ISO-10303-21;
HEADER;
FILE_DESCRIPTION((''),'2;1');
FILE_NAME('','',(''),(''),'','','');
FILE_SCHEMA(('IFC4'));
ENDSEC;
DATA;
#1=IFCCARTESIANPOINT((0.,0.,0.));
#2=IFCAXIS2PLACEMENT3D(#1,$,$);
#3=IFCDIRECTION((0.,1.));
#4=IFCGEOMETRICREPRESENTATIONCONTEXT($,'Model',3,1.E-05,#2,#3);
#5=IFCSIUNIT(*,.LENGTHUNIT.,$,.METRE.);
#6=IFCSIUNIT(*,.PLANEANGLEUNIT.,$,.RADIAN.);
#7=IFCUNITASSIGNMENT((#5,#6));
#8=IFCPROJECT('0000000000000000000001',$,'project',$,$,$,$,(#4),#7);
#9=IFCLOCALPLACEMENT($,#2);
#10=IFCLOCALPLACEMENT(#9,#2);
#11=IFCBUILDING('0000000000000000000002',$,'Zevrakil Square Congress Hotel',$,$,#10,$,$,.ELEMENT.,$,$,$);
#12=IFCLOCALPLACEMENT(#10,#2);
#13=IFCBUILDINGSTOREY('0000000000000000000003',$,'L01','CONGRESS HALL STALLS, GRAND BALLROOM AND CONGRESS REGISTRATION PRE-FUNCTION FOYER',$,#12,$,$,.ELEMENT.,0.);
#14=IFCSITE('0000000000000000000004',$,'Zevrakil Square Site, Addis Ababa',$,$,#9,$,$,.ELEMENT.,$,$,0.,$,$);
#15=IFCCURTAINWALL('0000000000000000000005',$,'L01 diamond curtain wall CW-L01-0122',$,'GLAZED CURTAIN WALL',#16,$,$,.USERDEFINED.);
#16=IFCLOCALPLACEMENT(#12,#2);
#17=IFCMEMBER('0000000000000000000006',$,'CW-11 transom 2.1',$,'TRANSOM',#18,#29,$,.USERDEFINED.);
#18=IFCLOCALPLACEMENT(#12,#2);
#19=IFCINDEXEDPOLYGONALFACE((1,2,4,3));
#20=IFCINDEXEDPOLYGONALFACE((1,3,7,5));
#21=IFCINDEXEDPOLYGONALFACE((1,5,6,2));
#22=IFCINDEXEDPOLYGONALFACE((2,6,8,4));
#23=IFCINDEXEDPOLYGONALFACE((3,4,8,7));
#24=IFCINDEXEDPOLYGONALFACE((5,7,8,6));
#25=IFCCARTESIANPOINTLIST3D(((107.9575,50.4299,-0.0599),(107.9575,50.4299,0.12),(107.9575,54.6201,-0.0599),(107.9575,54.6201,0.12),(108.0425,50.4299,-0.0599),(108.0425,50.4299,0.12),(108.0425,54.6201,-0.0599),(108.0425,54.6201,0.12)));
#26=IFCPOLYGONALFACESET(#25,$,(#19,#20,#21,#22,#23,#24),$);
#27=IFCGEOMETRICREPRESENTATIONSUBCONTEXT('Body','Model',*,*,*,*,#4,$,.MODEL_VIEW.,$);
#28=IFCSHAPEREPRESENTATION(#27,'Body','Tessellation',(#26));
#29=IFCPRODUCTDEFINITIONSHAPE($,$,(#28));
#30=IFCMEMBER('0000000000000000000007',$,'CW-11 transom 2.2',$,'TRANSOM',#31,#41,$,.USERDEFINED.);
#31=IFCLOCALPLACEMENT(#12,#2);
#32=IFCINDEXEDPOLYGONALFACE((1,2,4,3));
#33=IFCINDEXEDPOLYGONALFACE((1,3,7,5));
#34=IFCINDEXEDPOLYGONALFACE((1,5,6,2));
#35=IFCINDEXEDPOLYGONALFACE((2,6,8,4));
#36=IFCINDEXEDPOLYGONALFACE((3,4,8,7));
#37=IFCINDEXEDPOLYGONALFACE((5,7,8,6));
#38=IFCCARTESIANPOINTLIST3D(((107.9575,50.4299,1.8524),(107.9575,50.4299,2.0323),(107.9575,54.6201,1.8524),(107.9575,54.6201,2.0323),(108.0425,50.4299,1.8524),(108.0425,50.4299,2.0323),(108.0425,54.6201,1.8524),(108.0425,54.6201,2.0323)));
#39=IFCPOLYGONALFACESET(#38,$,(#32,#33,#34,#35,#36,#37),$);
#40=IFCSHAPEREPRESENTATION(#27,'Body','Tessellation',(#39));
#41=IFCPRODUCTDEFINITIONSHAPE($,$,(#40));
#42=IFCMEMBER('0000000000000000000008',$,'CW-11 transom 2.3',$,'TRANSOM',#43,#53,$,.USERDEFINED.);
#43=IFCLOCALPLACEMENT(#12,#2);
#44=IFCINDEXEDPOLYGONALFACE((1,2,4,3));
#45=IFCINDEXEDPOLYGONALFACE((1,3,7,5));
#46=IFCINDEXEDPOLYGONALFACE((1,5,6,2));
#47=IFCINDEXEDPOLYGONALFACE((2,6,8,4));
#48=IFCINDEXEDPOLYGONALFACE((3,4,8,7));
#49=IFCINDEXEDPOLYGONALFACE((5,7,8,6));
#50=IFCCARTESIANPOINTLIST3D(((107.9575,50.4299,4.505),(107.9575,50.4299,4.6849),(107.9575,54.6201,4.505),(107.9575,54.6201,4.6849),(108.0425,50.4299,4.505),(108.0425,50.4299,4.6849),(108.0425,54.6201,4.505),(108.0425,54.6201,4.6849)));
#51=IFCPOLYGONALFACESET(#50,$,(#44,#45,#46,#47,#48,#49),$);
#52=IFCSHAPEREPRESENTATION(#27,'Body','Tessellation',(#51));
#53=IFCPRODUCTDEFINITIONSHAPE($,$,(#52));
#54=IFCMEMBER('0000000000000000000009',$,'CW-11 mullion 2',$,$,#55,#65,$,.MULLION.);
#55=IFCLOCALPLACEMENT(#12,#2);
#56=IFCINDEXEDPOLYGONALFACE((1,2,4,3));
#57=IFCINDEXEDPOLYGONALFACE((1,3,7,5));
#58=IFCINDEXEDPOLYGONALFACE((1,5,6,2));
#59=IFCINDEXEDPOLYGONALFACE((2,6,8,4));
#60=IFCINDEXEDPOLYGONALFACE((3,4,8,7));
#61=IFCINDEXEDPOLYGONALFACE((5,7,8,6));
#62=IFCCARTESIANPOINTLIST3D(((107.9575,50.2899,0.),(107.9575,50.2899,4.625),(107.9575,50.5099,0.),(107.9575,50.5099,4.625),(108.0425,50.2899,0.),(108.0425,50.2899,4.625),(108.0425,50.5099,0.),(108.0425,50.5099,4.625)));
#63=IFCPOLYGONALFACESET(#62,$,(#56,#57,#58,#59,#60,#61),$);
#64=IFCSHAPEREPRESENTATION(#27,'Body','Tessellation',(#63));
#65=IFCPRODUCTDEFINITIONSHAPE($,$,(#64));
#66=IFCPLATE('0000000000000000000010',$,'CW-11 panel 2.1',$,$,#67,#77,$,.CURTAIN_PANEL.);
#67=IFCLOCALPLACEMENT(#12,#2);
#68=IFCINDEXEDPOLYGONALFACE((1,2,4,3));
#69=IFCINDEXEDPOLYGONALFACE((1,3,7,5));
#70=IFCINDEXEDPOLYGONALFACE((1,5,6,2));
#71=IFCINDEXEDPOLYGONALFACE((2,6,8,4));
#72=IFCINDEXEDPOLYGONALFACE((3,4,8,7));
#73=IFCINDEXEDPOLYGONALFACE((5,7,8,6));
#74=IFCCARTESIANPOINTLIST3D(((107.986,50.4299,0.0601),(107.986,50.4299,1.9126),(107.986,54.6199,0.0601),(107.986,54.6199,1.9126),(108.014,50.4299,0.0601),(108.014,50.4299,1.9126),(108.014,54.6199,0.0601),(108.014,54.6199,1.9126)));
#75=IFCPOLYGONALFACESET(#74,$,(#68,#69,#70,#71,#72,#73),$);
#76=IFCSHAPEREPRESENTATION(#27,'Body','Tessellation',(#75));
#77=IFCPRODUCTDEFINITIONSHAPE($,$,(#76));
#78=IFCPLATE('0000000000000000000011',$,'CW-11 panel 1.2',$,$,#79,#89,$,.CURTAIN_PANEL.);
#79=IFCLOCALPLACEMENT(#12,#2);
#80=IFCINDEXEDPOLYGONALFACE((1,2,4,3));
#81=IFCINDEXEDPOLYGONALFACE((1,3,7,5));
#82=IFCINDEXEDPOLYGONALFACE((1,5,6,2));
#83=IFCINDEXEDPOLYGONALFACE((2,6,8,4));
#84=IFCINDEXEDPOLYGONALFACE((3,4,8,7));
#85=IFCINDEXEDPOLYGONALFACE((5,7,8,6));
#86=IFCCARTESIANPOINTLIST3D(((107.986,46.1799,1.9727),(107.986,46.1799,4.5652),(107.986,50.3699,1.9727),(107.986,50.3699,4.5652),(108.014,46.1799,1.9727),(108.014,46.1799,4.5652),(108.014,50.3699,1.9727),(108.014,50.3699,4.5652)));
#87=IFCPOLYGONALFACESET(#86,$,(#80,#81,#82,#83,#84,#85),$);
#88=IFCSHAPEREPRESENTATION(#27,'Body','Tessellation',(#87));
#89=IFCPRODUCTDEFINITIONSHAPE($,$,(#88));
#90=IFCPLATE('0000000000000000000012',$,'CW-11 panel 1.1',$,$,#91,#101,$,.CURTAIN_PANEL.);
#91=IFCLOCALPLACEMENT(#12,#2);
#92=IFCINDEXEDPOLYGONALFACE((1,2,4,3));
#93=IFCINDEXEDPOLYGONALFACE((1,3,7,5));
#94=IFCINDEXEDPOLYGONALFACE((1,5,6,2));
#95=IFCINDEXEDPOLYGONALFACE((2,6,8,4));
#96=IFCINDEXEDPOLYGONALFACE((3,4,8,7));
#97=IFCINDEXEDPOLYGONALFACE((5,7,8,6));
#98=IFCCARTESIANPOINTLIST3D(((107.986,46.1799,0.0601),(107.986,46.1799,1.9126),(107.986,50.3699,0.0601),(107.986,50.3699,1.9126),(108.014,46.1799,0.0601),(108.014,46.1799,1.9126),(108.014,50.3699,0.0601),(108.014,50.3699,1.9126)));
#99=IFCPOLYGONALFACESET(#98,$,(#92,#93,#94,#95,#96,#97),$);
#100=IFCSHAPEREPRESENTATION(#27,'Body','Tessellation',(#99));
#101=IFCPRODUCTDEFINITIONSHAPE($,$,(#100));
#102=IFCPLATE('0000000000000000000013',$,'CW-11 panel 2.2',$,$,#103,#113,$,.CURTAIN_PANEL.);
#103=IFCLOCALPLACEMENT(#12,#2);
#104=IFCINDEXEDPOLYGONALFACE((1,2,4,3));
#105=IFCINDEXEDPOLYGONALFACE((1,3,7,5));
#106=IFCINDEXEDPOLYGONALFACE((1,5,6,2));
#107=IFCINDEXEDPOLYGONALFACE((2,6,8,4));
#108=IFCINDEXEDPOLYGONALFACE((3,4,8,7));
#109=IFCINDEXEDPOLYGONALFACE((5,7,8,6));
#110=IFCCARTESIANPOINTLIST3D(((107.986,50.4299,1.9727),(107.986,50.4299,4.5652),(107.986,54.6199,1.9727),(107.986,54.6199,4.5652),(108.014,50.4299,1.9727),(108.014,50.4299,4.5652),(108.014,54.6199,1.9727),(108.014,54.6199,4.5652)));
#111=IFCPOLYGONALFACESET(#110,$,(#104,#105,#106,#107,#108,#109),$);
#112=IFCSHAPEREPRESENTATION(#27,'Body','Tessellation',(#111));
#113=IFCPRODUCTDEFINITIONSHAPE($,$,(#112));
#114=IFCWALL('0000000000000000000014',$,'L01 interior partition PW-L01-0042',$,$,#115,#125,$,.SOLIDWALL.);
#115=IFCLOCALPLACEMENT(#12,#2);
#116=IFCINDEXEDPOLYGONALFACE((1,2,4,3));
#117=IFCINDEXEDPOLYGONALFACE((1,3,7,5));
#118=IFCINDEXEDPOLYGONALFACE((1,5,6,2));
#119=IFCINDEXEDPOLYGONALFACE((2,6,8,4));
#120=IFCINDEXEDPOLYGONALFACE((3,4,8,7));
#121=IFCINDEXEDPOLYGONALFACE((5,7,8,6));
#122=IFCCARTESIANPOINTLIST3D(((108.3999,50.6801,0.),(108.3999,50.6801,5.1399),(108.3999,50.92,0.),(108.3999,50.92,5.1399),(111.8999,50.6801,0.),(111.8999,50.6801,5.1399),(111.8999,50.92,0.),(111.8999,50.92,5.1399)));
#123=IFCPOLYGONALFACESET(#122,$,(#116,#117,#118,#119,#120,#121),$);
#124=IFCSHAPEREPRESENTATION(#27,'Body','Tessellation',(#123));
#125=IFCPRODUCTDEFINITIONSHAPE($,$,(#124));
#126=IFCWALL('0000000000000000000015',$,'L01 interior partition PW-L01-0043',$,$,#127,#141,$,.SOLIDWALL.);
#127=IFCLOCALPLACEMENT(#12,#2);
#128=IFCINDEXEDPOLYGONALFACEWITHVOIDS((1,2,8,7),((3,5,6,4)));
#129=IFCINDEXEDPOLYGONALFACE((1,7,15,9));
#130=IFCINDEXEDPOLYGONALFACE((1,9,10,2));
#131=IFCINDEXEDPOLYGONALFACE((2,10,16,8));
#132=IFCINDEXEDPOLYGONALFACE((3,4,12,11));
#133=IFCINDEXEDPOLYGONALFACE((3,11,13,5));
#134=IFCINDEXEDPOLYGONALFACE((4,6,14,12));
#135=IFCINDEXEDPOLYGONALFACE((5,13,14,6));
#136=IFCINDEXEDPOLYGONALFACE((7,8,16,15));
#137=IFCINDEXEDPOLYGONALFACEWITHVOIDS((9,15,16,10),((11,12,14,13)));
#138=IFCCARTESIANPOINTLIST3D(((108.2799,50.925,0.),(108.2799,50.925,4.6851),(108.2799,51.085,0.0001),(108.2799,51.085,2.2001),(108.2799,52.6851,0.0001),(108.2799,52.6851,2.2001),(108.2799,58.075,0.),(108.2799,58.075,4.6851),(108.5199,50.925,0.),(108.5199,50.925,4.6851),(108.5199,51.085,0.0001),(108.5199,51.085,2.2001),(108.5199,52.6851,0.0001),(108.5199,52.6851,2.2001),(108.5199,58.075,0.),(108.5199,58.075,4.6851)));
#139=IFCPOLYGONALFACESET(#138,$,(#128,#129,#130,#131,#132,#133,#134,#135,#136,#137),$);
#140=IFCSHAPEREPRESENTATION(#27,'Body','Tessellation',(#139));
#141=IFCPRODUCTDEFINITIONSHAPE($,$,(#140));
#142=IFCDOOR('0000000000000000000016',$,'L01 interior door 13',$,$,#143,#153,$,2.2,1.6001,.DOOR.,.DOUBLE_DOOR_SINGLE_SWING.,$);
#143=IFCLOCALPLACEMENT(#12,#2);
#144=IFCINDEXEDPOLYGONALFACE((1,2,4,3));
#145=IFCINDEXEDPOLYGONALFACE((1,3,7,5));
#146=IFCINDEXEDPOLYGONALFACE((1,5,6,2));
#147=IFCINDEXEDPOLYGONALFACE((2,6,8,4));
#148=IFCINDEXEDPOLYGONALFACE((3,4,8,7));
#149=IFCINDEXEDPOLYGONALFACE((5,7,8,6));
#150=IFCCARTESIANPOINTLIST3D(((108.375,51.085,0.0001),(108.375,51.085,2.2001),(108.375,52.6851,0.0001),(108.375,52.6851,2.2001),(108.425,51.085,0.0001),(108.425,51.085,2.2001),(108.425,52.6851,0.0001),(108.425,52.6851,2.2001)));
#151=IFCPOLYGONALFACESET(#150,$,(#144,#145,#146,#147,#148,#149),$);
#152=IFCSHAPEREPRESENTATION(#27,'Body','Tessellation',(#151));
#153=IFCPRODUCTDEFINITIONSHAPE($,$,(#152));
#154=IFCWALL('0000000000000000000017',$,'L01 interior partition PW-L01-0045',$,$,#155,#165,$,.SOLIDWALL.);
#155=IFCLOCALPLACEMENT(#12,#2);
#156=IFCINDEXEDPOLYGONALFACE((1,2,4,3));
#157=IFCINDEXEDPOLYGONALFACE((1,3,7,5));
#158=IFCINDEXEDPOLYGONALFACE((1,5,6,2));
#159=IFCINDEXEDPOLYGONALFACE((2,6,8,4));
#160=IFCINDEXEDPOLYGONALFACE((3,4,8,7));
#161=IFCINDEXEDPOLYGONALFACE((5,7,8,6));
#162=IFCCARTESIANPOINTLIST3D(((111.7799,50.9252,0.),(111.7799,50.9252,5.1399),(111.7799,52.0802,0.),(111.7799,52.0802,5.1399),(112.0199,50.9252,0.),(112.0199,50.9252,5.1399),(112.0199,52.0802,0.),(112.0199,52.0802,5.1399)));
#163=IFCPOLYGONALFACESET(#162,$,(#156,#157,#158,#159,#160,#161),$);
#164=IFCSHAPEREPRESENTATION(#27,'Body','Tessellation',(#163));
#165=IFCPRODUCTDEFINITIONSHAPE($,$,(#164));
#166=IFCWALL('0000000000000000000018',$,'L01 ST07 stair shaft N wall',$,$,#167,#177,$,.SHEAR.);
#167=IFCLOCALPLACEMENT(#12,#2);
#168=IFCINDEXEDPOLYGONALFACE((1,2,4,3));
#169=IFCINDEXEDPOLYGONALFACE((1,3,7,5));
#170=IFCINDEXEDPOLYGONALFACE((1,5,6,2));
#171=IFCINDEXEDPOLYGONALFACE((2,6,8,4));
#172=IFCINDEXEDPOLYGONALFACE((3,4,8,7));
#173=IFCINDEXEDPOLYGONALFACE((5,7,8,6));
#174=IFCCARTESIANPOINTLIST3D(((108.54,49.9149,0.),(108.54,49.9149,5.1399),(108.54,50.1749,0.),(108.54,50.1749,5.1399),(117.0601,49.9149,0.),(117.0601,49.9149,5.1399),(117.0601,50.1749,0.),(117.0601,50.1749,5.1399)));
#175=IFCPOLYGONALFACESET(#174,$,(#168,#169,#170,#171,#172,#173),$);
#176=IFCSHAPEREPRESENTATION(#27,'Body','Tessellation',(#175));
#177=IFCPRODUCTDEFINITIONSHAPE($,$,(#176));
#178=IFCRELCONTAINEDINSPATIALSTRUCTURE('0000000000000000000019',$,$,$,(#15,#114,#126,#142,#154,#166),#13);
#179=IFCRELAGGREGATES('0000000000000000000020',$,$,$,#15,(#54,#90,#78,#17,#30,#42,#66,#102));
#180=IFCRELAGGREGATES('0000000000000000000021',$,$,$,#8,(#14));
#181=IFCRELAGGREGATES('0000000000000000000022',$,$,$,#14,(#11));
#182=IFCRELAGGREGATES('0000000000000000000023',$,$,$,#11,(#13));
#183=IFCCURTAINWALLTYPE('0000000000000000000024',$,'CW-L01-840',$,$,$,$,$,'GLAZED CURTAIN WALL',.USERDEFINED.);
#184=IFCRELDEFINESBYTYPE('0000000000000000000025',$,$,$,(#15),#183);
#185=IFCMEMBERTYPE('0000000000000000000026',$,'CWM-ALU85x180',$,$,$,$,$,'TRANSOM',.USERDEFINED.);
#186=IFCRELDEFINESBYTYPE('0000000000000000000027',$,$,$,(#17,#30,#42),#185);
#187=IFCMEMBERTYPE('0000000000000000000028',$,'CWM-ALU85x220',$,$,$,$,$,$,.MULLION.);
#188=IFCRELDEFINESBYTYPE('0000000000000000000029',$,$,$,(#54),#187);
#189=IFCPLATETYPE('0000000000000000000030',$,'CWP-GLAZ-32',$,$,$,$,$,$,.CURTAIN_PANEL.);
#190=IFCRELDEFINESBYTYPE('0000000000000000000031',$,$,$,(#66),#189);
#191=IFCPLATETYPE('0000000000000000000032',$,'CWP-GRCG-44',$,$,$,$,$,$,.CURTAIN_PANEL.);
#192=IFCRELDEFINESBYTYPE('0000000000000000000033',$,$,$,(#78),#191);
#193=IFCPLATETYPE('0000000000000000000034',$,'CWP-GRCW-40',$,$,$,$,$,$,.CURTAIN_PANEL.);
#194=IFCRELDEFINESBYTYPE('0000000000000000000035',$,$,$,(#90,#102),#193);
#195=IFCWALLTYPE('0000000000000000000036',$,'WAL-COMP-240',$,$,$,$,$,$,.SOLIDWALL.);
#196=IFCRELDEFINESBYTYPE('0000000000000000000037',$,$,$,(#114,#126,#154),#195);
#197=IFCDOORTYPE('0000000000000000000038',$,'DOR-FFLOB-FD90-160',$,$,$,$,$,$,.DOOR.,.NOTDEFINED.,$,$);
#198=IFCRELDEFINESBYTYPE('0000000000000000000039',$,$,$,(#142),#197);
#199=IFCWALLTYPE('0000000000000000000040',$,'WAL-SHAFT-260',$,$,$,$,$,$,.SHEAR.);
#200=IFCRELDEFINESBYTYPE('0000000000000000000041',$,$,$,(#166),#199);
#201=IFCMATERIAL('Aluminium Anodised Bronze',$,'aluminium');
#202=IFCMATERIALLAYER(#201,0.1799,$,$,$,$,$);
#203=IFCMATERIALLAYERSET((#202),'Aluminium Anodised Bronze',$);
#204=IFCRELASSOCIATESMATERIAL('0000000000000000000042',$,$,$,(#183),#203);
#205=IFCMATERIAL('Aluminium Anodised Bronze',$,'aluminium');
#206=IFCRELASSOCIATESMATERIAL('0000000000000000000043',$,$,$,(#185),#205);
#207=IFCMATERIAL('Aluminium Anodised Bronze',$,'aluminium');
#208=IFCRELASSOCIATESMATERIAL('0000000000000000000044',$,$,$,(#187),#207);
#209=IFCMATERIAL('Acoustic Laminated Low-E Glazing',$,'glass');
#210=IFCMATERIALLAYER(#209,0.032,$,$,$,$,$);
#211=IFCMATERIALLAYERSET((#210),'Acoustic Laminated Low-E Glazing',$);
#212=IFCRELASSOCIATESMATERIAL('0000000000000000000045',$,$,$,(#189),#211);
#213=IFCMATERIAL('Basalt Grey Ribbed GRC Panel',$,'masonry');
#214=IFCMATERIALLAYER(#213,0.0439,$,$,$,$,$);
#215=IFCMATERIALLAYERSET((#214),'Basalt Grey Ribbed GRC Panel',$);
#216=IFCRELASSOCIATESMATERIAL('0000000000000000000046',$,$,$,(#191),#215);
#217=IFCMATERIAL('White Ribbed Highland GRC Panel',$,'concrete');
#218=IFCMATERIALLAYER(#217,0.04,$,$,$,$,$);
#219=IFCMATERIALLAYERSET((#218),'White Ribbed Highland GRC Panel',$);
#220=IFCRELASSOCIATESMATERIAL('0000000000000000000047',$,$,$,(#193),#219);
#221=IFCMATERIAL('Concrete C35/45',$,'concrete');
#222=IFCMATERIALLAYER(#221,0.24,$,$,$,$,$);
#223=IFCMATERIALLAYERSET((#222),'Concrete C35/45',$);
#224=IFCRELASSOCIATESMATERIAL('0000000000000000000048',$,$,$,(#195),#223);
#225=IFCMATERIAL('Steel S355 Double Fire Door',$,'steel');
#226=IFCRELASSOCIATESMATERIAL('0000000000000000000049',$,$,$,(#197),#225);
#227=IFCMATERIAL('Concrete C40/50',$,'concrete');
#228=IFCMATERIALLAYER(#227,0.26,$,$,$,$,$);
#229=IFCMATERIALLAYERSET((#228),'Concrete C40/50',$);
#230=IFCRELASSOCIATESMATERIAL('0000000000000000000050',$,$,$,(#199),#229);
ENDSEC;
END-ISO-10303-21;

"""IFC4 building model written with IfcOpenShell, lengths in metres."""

from ifc_helpers import new_model, si_unit, direction, frame, frame_2d, origin, origin_2d, place, context, subcontext, project, spatial, rectangle, extrude, material, layer, layer_set, material_profile, profile_set, type_object, element, fill, aggregate, save


model = new_model("IFC4")

# Units and contexts
model_context = context("Model", 3, precision=1e-05, world=origin(), true_north=direction((0.0, 1.0)))
body_context = subcontext(model_context, "Body", "Model", "MODEL_VIEW")
ifc_project = project(units=[si_unit("LENGTHUNIT", "METRE"), si_unit("PLANEANGLEUNIT", "RADIAN")], contexts=[model_context])

# Site, building, storey
site_placement = place(None, origin())
site = spatial("IfcSite", under=ifc_project, at=site_placement, Name="Zevrakil Square Site, Addis Ababa", CompositionType="ELEMENT", RefElevation=0.0)
building_placement = place(site_placement, origin())
building = spatial("IfcBuilding", under=site, at=building_placement, Name="Zevrakil Square Congress Hotel", CompositionType="ELEMENT")
storey_placement = place(building_placement, origin())
storey = spatial("IfcBuildingStorey", under=building, at=storey_placement, Name="L01", Description="CONGRESS HALL STALLS, GRAND BALLROOM AND CONGRESS REGISTRATION PRE-FUNCTION FOYER", CompositionType="ELEMENT", Elevation=0.0)

# Curtain wall, members, plates
ifc_material_1 = material(Name="Aluminium Anodised Bronze", Category="aluminium")
ifc_layer_1 = layer(ifc_material_1, 0.1799)
ifc_layer_set_1 = layer_set([ifc_layer_1], Name="Aluminium Anodised Bronze")
curtain_wall_type = type_object("IfcCurtainWallType", Name="CW-L01-840", ElementType="GLAZED CURTAIN WALL", PredefinedType="USERDEFINED", material=ifc_layer_set_1)
curtain_wall_placement = place(storey_placement, origin())
curtain_wall = element("IfcCurtainWall", 1, at=curtain_wall_placement, inside=storey, type_object=curtain_wall_type, Name="L01 diamond curtain wall CW-L01-0122", ObjectType="GLAZED CURTAIN WALL", PredefinedType="USERDEFINED")
ifc_material_2 = material(Name="Aluminium Anodised Bronze", Category="aluminium")
ifc_material_profile_1 = material_profile(ifc_material_2, rectangle(XDim=0.085, YDim=0.1799, at=origin_2d()), Name="ALU 85x180")
ifc_profile_set_1 = profile_set([ifc_material_profile_1], Name="Aluminium Anodised Bronze")
member_type_1 = type_object("IfcMemberType", Name="CWM-ALU85x180", ElementType="TRANSOM", PredefinedType="USERDEFINED", material=ifc_profile_set_1)
member_1_placement = place(storey_placement, frame((108.0, 50.4299, 0.03), z_axis=(0.0, 1.0, 0.0), x_axis=(-1.0, 0.0, 0.0)))
member_1 = element("IfcMember", 2, at=member_1_placement, type_object=member_type_1, Name="CW-11 transom 2.1", ObjectType="TRANSOM", PredefinedType="USERDEFINED", context=body_context, shape_type="SweptSolid", body=[
    extrude(rectangle(XDim=0.085, YDim=0.1799, at=origin_2d()), origin(), (0.0, 0.0, 1.0), 4.1902),
])
member_2_placement = place(storey_placement, frame((108.0, 50.4299, 1.9424), z_axis=(0.0, 1.0, 0.0), x_axis=(-1.0, 0.0, 0.0)))
member_2 = element("IfcMember", 3, at=member_2_placement, type_object=member_type_1, Name="CW-11 transom 2.2", ObjectType="TRANSOM", PredefinedType="USERDEFINED", context=body_context, shape_type="SweptSolid", body=[
    extrude(rectangle(XDim=0.085, YDim=0.1799, at=origin_2d()), origin(), (0.0, 0.0, 1.0), 4.1902),
])
member_3_placement = place(storey_placement, frame((108.0, 50.4299, 4.595), z_axis=(0.0, 1.0, 0.0), x_axis=(-1.0, 0.0, 0.0)))
member_3 = element("IfcMember", 4, at=member_3_placement, type_object=member_type_1, Name="CW-11 transom 2.3", ObjectType="TRANSOM", PredefinedType="USERDEFINED", context=body_context, shape_type="SweptSolid", body=[
    extrude(rectangle(XDim=0.085, YDim=0.1799, at=origin_2d()), origin(), (0.0, 0.0, 1.0), 4.1902),
])
ifc_material_3 = material(Name="Aluminium Anodised Bronze", Category="aluminium")
ifc_material_profile_2 = material_profile(ifc_material_3, rectangle(XDim=0.085, YDim=0.22, at=origin_2d()), Name="ALU 85x220")
ifc_profile_set_2 = profile_set([ifc_material_profile_2], Name="Aluminium Anodised Bronze")
member_type_2 = type_object("IfcMemberType", Name="CWM-ALU85x220", PredefinedType="MULLION", material=ifc_profile_set_2)
member_4_placement = place(storey_placement, frame((108.0, 50.3999, 0.0), z_axis=(0.0, 0.0, 1.0), x_axis=(-1.0, 0.0, 0.0)))
member_4 = element("IfcMember", 5, at=member_4_placement, type_object=member_type_2, Name="CW-11 mullion 2", PredefinedType="MULLION", context=body_context, shape_type="SweptSolid", body=[
    extrude(rectangle(XDim=0.085, YDim=0.22, at=origin_2d()), origin(), (0.0, 0.0, 1.0), 4.625),
])
ifc_material_4 = material(Name="Acoustic Laminated Low-E Glazing", Category="glass")
ifc_layer_2 = layer(ifc_material_4, 0.032)
ifc_layer_set_2 = layer_set([ifc_layer_2], Name="Acoustic Laminated Low-E Glazing")
plate_type_1 = type_object("IfcPlateType", Name="CWP-GLAZ-32", PredefinedType="CURTAIN_PANEL", material=ifc_layer_set_2)
plate_1_placement = place(storey_placement, frame((108.0, 52.5249, 0.0601), z_axis=(0.0, 0.0, 1.0), x_axis=(0.0, 1.0, 0.0)))
plate_1 = element("IfcPlate", 6, at=plate_1_placement, type_object=plate_type_1, Name="CW-11 panel 2.1", PredefinedType="CURTAIN_PANEL", context=body_context, shape_type="SweptSolid", body=[
    extrude(rectangle(XDim=4.1899, YDim=0.0281, at=origin_2d()), origin(), (0.0, 0.0, 1.0), 1.8525),
])
ifc_material_5 = material(Name="Basalt Grey Ribbed GRC Panel", Category="masonry")
ifc_layer_3 = layer(ifc_material_5, 0.0439)
ifc_layer_set_3 = layer_set([ifc_layer_3], Name="Basalt Grey Ribbed GRC Panel")
plate_type_2 = type_object("IfcPlateType", Name="CWP-GRCG-44", PredefinedType="CURTAIN_PANEL", material=ifc_layer_set_3)
plate_2_placement = place(storey_placement, frame((108.0, 48.2749, 1.9727), z_axis=(0.0, 0.0, 1.0), x_axis=(0.0, 1.0, 0.0)))
plate_2 = element("IfcPlate", 7, at=plate_2_placement, type_object=plate_type_2, Name="CW-11 panel 1.2", PredefinedType="CURTAIN_PANEL", context=body_context, shape_type="SweptSolid", body=[
    extrude(rectangle(XDim=4.1899, YDim=0.0281, at=origin_2d()), origin(), (0.0, 0.0, 1.0), 2.5925),
])
ifc_material_6 = material(Name="White Ribbed Highland GRC Panel", Category="concrete")
ifc_layer_4 = layer(ifc_material_6, 0.04)
ifc_layer_set_4 = layer_set([ifc_layer_4], Name="White Ribbed Highland GRC Panel")
plate_type_3 = type_object("IfcPlateType", Name="CWP-GRCW-40", PredefinedType="CURTAIN_PANEL", material=ifc_layer_set_4)
plate_3_placement = place(storey_placement, frame((108.0, 48.2749, 0.0601), z_axis=(0.0, 0.0, 1.0), x_axis=(0.0, 1.0, 0.0)))
plate_3 = element("IfcPlate", 8, at=plate_3_placement, type_object=plate_type_3, Name="CW-11 panel 1.1", PredefinedType="CURTAIN_PANEL", context=body_context, shape_type="SweptSolid", body=[
    extrude(rectangle(XDim=4.1899, YDim=0.0281, at=origin_2d()), origin(), (0.0, 0.0, 1.0), 1.8525),
])
plate_4_placement = place(storey_placement, frame((108.0, 52.5249, 1.9727), z_axis=(0.0, 0.0, 1.0), x_axis=(0.0, 1.0, 0.0)))
plate_4 = element("IfcPlate", 9, at=plate_4_placement, type_object=plate_type_3, Name="CW-11 panel 2.2", PredefinedType="CURTAIN_PANEL", context=body_context, shape_type="SweptSolid", body=[
    extrude(rectangle(XDim=4.1899, YDim=0.0281, at=origin_2d()), origin(), (0.0, 0.0, 1.0), 2.5925),
])
aggregate(curtain_wall, [member_4, plate_3, plate_2, member_1, member_2, member_3, plate_1, plate_4])

# Wall
ifc_material_7 = material(Name="Concrete C35/45", Category="concrete")
ifc_layer_5 = layer(ifc_material_7, 0.24)
ifc_layer_set_5 = layer_set([ifc_layer_5], Name="Concrete C35/45")
wall_type_1 = type_object("IfcWallType", Name="WAL-COMP-240", PredefinedType="SOLIDWALL", material=ifc_layer_set_5)
wall_1_placement = place(storey_placement, frame((108.3999, 50.8, 0.0), z_axis=(0.0, 0.0, 1.0), x_axis=(1.0, 0.0, 0.0)))
element("IfcWall", 10, at=wall_1_placement, inside=storey, type_object=wall_type_1, Name="L01 interior partition PW-L01-0042", PredefinedType="SOLIDWALL", context=body_context, shape_type="SweptSolid", body=[
    extrude(rectangle(XDim=3.5, YDim=0.24, at=frame_2d((1.75, 0.0))), origin(), (0.0, 0.0, 1.0), 5.1399),
])

# Wall, opening, door
wall_2_placement = place(storey_placement, frame((108.3999, 50.925, 0.0), z_axis=(0.0, 0.0, 1.0), x_axis=(0.0, 1.0, 0.0)))
wall_2 = element("IfcWall", 11, at=wall_2_placement, inside=storey, type_object=wall_type_1, Name="L01 interior partition PW-L01-0043", PredefinedType="SOLIDWALL", context=body_context, shape_type="SweptSolid", body=[
    extrude(rectangle(XDim=7.1499, YDim=0.24, at=frame_2d((3.575, 0.0))), origin(), (0.0, 0.0, 1.0), 4.6851),
])
opening_1_placement = place(wall_2_placement, frame((0.1599, 0.0, 0.0)))
opening_1 = element("IfcOpeningElement", 12, at=opening_1_placement, cuts=wall_2, PredefinedType="OPENING", context=body_context, shape_type="SweptSolid", body=[
    extrude(rectangle(XDim=1.6001, YDim=2.2, at=frame_2d((0.8, 1.1001))), frame((0.0, 0.1299, 0.0), z_axis=(0.0, -1.0, 0.0), x_axis=(1.0, 0.0, 0.0)), (0.0, 0.0, 1.0), 0.26),
])
ifc_material_8 = material(Name="Steel S355 Double Fire Door", Category="steel")
door_type_1 = type_object("IfcDoorType", Name="DOR-FFLOB-FD90-160", OperationType="NOTDEFINED", PredefinedType="DOOR", material=ifc_material_8)
door_1_placement = place(opening_1_placement, origin())
door_1 = element("IfcDoor", 13, at=door_1_placement, inside=storey, type_object=door_type_1, Name="L01 interior door 13", OperationType="DOUBLE_DOOR_SINGLE_SWING", OverallHeight=2.2, OverallWidth=1.6001, PredefinedType="DOOR", context=body_context, shape_type="SweptSolid", body=[
    extrude(rectangle(XDim=1.6001, YDim=2.2, at=frame_2d((0.8, 1.1001))), frame((0.0, 0.0249, 0.0), z_axis=(0.0, -1.0, 0.0), x_axis=(1.0, 0.0, 0.0)), (0.0, 0.0, 1.0), 0.05),
])
fill(opening_1, door_1)

# Walls
wall_3_placement = place(storey_placement, frame((111.8999, 50.925, 0.0), z_axis=(0.0, 0.0, 1.0), x_axis=(0.0, 1.0, 0.0)))
element("IfcWall", 14, at=wall_3_placement, inside=storey, type_object=wall_type_1, Name="L01 interior partition PW-L01-0045", PredefinedType="SOLIDWALL", context=body_context, shape_type="SweptSolid", body=[
    extrude(rectangle(XDim=1.155, YDim=0.24, at=frame_2d((0.5776, 0.0))), origin(), (0.0, 0.0, 1.0), 5.1399),
])
ifc_material_9 = material(Name="Concrete C40/50", Category="concrete")
ifc_layer_6 = layer(ifc_material_9, 0.26)
ifc_layer_set_6 = layer_set([ifc_layer_6], Name="Concrete C40/50")
wall_type_2 = type_object("IfcWallType", Name="WAL-SHAFT-260", PredefinedType="SHEAR", material=ifc_layer_set_6)
wall_4_placement = place(storey_placement, frame((108.54, 50.0449, 0.0), z_axis=(0.0, 0.0, 1.0), x_axis=(1.0, 0.0, 0.0)))
element("IfcWall", 15, at=wall_4_placement, inside=storey, type_object=wall_type_2, Name="L01 ST07 stair shaft N wall", PredefinedType="SHEAR", context=body_context, shape_type="SweptSolid", body=[
    extrude(rectangle(XDim=8.52, YDim=0.26, at=frame_2d((4.26, 0.0))), origin(), (0.0, 0.0, 1.0), 5.1399),
])

save(model, "model.ifc")
